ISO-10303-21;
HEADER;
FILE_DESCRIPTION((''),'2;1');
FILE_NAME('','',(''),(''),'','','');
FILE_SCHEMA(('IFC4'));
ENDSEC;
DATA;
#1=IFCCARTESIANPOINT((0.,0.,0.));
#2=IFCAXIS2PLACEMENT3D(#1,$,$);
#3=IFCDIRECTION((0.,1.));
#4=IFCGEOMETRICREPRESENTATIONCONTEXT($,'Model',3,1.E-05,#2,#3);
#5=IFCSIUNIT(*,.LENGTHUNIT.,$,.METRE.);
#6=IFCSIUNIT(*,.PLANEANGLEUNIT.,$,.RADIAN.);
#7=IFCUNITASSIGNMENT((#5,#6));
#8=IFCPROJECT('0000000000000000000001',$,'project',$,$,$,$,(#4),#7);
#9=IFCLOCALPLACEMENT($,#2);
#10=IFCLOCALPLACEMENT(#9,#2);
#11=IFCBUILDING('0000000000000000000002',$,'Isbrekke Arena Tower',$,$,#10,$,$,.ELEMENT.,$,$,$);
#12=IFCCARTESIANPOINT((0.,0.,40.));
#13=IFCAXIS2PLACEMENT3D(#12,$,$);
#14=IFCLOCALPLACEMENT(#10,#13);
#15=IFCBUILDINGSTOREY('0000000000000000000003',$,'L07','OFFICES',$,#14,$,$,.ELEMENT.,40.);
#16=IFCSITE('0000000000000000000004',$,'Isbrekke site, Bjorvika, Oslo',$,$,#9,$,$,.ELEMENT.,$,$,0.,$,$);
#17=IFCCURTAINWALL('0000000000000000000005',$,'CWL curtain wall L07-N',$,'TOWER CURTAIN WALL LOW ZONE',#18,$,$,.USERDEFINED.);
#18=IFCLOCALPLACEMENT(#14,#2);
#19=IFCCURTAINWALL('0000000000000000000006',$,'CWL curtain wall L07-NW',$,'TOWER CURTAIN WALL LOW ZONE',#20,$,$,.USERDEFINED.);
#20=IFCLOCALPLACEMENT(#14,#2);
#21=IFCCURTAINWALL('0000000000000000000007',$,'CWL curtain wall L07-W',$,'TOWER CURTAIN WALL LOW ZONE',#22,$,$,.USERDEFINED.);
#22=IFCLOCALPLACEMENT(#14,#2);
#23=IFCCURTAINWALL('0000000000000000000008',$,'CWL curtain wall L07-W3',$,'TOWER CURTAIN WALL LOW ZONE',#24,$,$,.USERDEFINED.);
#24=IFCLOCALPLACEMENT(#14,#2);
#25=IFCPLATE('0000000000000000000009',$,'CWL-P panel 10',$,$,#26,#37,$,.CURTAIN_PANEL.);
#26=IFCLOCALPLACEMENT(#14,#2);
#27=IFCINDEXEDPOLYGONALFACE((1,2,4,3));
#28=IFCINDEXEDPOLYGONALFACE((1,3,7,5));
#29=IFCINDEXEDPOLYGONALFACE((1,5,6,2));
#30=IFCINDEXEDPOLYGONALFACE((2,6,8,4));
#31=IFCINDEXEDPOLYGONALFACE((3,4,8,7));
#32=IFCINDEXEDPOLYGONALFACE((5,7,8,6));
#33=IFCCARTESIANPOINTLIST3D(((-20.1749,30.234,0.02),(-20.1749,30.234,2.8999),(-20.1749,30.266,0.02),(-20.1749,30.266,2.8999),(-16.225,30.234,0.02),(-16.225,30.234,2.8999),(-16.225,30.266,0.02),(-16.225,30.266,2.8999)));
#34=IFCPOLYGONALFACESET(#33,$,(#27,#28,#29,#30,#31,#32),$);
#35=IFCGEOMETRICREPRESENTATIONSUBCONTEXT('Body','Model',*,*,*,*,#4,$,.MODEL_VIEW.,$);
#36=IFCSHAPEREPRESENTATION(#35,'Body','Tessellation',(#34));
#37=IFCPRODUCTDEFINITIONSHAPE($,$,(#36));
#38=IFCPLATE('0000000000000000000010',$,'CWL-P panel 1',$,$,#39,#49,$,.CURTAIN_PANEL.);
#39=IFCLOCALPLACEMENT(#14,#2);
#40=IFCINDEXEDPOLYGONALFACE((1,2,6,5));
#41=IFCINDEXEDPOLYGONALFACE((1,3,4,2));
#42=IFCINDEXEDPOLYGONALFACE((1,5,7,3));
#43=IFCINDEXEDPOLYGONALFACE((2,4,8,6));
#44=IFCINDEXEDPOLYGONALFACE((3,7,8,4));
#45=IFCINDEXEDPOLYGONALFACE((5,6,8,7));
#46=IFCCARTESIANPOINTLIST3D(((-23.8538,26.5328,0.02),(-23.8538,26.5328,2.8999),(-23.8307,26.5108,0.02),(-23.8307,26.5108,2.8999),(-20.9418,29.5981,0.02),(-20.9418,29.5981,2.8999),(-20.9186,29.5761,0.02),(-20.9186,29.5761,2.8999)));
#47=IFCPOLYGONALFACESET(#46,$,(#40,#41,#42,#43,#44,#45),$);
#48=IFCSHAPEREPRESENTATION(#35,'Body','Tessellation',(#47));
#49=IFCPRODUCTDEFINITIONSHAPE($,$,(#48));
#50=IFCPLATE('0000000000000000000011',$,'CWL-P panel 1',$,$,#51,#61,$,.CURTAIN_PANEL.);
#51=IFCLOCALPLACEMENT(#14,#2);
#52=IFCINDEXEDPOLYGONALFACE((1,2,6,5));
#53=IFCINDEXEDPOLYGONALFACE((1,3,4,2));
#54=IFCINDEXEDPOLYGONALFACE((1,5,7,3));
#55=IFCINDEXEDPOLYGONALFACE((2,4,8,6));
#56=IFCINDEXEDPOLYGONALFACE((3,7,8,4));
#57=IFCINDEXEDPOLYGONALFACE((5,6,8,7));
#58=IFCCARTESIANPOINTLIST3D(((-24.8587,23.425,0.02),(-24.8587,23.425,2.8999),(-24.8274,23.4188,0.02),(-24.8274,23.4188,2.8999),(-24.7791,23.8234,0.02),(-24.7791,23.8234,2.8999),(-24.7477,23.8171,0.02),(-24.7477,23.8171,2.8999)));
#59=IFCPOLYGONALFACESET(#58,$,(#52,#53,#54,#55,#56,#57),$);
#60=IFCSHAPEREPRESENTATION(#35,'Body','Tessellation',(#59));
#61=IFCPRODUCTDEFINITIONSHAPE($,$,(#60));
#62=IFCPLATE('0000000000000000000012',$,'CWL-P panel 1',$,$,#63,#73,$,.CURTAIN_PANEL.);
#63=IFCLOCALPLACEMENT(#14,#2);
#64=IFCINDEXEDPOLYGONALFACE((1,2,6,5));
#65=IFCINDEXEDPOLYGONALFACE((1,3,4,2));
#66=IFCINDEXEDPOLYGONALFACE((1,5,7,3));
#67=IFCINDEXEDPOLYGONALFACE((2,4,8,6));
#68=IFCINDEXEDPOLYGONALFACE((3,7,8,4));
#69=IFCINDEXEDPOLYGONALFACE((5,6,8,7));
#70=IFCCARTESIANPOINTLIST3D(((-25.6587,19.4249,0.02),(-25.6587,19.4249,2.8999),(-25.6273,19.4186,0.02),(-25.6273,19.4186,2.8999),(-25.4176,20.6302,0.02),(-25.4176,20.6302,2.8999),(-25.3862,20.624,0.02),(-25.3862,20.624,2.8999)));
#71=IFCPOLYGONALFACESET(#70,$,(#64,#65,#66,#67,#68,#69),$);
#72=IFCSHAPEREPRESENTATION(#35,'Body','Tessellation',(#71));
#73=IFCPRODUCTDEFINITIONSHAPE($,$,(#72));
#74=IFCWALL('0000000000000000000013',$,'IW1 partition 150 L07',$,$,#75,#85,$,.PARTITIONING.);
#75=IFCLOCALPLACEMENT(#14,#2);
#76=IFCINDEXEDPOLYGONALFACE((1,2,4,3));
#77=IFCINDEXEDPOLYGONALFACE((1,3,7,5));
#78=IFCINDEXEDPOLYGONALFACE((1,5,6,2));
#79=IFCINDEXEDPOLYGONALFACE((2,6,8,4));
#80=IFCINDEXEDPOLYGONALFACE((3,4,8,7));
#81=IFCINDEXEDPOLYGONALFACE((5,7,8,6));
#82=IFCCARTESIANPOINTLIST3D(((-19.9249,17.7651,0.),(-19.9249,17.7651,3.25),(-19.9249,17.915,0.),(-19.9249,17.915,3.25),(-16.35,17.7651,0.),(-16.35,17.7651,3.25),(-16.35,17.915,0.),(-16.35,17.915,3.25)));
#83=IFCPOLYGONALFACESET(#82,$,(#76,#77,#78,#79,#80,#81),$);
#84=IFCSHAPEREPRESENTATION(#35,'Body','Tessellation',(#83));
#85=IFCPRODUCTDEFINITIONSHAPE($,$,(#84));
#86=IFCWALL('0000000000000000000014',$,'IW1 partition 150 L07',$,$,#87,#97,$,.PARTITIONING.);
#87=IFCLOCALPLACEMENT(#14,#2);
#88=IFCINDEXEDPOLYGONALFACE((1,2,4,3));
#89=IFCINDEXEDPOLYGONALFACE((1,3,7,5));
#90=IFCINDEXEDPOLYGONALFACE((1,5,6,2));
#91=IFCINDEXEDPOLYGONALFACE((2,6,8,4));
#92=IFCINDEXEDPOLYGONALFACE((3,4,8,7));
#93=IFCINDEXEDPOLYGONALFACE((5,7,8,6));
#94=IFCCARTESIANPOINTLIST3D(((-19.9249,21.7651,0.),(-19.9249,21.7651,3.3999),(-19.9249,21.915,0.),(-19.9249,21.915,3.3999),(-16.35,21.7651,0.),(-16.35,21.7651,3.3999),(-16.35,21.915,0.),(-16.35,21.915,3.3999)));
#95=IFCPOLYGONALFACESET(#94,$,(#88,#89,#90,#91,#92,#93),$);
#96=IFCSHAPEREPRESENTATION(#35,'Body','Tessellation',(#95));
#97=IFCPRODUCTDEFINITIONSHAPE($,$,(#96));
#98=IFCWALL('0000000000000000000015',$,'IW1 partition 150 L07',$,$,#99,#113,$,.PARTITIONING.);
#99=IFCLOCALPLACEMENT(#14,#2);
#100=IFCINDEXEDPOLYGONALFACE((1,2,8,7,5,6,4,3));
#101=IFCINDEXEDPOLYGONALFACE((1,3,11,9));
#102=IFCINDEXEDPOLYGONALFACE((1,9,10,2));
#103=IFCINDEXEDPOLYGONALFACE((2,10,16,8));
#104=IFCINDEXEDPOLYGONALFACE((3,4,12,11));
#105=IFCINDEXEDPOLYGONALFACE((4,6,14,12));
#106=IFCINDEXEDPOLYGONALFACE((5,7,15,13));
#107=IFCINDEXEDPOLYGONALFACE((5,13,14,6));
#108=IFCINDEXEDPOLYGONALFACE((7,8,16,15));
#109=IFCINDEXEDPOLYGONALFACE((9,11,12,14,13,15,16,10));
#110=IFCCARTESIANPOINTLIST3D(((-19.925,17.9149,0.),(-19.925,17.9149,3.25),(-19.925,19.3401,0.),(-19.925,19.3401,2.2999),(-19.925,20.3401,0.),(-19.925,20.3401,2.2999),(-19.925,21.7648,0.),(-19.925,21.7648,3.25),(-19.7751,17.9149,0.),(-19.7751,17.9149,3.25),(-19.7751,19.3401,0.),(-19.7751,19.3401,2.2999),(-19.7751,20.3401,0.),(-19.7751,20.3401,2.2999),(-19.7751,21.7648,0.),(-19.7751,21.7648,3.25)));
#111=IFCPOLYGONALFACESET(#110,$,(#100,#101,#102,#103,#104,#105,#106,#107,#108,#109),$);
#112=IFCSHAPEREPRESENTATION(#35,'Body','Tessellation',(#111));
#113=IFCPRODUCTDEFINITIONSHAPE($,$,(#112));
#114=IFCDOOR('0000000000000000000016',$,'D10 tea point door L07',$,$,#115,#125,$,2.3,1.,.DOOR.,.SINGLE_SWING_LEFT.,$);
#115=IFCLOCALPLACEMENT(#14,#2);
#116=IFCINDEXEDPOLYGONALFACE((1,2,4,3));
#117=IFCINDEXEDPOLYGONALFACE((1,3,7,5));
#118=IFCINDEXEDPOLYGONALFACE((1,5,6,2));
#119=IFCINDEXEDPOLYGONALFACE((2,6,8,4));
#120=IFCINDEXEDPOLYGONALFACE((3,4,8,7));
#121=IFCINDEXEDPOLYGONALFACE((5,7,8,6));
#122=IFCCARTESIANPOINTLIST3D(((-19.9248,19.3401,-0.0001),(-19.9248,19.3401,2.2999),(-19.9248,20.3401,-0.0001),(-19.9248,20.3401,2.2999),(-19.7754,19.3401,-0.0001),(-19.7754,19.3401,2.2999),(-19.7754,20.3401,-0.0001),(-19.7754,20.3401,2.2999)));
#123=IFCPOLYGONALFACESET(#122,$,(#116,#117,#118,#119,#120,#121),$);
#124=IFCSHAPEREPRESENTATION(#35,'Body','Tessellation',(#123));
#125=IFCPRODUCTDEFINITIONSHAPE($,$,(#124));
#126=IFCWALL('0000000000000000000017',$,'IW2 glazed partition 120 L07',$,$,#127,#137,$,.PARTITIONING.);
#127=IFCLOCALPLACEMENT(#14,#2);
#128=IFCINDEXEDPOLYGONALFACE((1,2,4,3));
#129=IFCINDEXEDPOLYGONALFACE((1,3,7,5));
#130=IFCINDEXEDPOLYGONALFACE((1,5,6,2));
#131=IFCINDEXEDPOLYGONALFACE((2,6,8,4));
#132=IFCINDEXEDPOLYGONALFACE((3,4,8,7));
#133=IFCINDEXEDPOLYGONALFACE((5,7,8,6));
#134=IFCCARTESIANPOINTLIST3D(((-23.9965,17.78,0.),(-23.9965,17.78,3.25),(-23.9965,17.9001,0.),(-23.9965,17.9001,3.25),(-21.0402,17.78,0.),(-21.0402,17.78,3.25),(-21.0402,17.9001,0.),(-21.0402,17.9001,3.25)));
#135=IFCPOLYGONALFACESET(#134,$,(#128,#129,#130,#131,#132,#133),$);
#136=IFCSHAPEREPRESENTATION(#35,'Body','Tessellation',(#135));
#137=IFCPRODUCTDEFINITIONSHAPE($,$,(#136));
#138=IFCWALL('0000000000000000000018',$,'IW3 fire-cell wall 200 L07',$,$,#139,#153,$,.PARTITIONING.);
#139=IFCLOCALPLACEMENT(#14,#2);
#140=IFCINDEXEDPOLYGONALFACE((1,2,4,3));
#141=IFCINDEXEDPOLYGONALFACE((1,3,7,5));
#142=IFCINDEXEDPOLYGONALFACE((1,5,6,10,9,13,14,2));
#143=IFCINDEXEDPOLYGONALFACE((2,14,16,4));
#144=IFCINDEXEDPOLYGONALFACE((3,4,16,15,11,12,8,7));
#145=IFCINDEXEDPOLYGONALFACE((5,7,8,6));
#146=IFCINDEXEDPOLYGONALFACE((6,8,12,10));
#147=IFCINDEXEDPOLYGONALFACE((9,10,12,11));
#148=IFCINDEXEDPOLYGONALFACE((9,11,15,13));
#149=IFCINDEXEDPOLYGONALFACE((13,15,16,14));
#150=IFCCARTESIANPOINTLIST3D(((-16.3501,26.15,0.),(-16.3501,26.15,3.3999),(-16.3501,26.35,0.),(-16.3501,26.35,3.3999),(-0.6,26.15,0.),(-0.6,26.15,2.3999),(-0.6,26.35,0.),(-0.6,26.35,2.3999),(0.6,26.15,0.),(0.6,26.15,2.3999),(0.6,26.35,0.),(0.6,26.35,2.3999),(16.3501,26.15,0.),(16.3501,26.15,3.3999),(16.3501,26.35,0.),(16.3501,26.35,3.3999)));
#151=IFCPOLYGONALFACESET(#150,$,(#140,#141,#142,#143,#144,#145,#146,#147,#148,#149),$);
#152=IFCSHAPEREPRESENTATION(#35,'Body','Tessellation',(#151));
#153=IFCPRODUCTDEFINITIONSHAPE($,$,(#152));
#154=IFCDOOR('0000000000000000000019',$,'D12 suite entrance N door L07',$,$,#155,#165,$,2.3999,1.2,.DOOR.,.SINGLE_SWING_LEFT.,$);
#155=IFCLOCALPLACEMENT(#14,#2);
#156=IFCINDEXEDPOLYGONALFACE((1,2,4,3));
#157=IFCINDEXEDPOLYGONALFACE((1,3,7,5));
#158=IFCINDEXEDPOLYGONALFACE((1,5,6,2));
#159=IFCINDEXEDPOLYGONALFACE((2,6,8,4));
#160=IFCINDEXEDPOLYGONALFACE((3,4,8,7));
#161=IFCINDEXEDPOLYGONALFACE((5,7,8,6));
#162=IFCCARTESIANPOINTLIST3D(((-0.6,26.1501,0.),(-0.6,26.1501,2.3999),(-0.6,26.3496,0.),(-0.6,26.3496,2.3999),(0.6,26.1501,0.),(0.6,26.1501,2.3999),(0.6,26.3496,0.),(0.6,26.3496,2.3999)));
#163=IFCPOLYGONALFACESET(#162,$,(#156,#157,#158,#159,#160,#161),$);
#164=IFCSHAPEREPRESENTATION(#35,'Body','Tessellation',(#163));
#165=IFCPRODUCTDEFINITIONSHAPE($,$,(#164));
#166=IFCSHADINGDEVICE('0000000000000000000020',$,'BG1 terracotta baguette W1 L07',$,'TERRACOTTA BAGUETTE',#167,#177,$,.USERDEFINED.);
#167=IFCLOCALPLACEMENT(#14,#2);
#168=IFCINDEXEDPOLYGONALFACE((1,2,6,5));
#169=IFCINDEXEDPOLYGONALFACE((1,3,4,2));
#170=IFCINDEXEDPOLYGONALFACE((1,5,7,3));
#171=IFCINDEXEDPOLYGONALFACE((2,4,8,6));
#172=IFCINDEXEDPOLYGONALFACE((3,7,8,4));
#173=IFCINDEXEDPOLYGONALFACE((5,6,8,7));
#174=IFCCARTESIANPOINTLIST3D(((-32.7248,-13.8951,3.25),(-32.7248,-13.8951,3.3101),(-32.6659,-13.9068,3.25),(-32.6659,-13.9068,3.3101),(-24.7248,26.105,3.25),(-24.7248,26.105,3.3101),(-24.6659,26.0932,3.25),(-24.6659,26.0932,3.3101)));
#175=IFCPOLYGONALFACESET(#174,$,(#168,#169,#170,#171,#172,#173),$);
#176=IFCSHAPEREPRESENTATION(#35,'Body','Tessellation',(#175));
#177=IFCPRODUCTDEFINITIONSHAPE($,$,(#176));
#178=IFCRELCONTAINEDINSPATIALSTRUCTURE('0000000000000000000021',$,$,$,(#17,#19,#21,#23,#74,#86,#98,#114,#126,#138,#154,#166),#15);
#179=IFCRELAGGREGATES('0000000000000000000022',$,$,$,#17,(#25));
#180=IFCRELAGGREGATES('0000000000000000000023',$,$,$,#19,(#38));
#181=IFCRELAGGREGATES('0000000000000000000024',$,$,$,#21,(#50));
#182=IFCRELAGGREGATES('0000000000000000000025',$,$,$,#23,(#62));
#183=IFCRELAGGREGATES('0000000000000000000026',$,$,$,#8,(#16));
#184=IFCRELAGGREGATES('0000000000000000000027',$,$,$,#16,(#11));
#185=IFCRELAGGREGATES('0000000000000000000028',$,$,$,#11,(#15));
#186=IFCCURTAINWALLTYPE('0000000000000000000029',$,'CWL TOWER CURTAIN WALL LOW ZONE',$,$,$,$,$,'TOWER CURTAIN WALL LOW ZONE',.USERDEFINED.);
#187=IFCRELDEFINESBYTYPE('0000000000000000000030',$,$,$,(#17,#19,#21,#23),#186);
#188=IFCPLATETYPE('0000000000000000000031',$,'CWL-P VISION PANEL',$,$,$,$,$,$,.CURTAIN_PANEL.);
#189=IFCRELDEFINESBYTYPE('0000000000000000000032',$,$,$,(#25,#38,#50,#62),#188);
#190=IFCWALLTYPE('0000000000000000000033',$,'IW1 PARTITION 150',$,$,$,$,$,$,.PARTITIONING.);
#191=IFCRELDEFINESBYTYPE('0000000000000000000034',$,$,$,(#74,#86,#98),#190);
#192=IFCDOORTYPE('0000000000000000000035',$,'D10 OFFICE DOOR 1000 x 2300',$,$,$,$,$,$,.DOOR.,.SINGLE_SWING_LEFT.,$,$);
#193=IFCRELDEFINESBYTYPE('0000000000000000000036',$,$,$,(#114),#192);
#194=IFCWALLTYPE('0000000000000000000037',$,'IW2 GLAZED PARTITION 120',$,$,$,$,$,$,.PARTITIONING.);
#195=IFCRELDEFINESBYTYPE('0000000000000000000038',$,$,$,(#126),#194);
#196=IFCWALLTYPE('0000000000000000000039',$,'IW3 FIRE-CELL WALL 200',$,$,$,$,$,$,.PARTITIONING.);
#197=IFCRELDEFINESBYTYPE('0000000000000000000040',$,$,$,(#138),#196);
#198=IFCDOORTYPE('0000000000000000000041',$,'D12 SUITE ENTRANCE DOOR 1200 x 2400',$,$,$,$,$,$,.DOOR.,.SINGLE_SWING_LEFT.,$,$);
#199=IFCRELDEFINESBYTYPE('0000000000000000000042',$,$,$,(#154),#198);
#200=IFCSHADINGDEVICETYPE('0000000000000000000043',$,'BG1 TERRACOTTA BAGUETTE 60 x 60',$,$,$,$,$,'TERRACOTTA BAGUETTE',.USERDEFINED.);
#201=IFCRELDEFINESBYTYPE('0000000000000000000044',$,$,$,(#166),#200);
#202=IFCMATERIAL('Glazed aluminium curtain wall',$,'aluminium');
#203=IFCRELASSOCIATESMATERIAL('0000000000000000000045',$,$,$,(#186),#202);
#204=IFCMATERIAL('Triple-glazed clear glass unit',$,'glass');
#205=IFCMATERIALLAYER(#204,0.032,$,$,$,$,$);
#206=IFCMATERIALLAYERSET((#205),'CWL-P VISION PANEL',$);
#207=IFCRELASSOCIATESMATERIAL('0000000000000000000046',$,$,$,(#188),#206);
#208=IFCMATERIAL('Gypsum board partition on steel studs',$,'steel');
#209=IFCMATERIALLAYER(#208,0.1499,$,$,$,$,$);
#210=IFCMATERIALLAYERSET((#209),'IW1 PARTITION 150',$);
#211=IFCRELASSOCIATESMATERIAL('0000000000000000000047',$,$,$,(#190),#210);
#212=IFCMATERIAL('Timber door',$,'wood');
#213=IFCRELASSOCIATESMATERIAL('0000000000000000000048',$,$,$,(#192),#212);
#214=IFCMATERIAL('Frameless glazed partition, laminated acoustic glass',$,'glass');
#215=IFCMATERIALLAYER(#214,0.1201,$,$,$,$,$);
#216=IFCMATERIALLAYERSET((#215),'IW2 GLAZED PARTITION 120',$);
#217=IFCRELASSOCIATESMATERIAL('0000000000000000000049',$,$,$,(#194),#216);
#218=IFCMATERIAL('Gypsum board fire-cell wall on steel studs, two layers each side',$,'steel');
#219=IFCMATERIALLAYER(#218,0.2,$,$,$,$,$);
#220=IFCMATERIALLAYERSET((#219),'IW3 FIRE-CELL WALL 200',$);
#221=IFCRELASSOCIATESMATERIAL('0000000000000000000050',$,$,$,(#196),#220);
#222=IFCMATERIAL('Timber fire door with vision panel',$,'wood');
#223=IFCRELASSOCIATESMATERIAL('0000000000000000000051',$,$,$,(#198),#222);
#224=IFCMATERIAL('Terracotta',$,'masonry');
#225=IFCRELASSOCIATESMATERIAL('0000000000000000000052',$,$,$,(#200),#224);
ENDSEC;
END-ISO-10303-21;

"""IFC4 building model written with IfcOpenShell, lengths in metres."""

from ifc_helpers import new_model, si_unit, direction, frame, frame_2d, origin, origin_2d, place, context, subcontext, project, spatial, rectangle, extrude, material, layer, layer_set, material_profile, profile_set, type_object, element, fill, aggregate, save


model = new_model("IFC4")

# Units and contexts
model_context = context("Model", 3, precision=1e-05, world=origin(), true_north=direction((0.0, 1.0)))
body_context = subcontext(model_context, "Body", "Model", "MODEL_VIEW")
ifc_project = project(units=[si_unit("LENGTHUNIT", "METRE"), si_unit("PLANEANGLEUNIT", "RADIAN")], contexts=[model_context])

# Site, building, storey
site_placement = place(None, origin())
site = spatial("IfcSite", under=ifc_project, at=site_placement, Name="Isbrekke site, Bjorvika, Oslo", CompositionType="ELEMENT", RefElevation=0.0)
building_placement = place(site_placement, origin())
building = spatial("IfcBuilding", under=site, at=building_placement, Name="Isbrekke Arena Tower", CompositionType="ELEMENT")
storey_placement = place(building_placement, frame((0.0, 0.0, 40.0)))
storey = spatial("IfcBuildingStorey", under=building, at=storey_placement, Name="L07", Description="OFFICES", CompositionType="ELEMENT", Elevation=40.0)

# Curtain wall
ifc_material_1 = material(Name="Glazed aluminium curtain wall", Category="aluminium")
curtain_wall_type = type_object("IfcCurtainWallType", Name="CWL TOWER CURTAIN WALL LOW ZONE", ElementType="TOWER CURTAIN WALL LOW ZONE", PredefinedType="USERDEFINED", material=ifc_material_1)
curtain_wall_1_placement = place(storey_placement, origin())
curtain_wall_1 = element("IfcCurtainWall", 1, at=curtain_wall_1_placement, inside=storey, type_object=curtain_wall_type, Name="CWL curtain wall L07-N", ObjectType="TOWER CURTAIN WALL LOW ZONE", PredefinedType="USERDEFINED")

# Curtain walls
curtain_wall_2_placement = place(storey_placement, origin())
curtain_wall_2 = element("IfcCurtainWall", 2, at=curtain_wall_2_placement, inside=storey, type_object=curtain_wall_type, Name="CWL curtain wall L07-NW", ObjectType="TOWER CURTAIN WALL LOW ZONE", PredefinedType="USERDEFINED")
curtain_wall_3_placement = place(storey_placement, origin())
curtain_wall_3 = element("IfcCurtainWall", 3, at=curtain_wall_3_placement, inside=storey, type_object=curtain_wall_type, Name="CWL curtain wall L07-W", ObjectType="TOWER CURTAIN WALL LOW ZONE", PredefinedType="USERDEFINED")
curtain_wall_4_placement = place(storey_placement, origin())
curtain_wall_4 = element("IfcCurtainWall", 4, at=curtain_wall_4_placement, inside=storey, type_object=curtain_wall_type, Name="CWL curtain wall L07-W3", ObjectType="TOWER CURTAIN WALL LOW ZONE", PredefinedType="USERDEFINED")

# Plates
ifc_material_2 = material(Name="Triple-glazed clear glass unit", Category="glass")
ifc_layer_1 = layer(ifc_material_2, 0.032)
ifc_layer_set_1 = layer_set([ifc_layer_1], Name="CWL-P VISION PANEL")
plate_type = type_object("IfcPlateType", Name="CWL-P VISION PANEL", PredefinedType="CURTAIN_PANEL", material=ifc_layer_set_1)
plate_1_placement = place(storey_placement, frame((-18.2, 30.25, 0.02), z_axis=(0.0, 0.0, 1.0), x_axis=(-1.0, 0.0, 0.0)))
plate_1 = element("IfcPlate", 5, at=plate_1_placement, type_object=plate_type, Name="CWL-P panel 10", PredefinedType="CURTAIN_PANEL", context=body_context, shape_type="SweptSolid", body=[
    extrude(rectangle(XDim=3.95, YDim=0.032, at=origin_2d()), origin(), (0.0, 0.0, 1.0), 2.8799),
])
aggregate(curtain_wall_1, [plate_1])
plate_2_placement = place(storey_placement, frame((-22.3862, 28.0544, 0.02), z_axis=(0.0, 0.0, 1.0), x_axis=(-0.688749, -0.724999, 0.0)))
plate_2 = element("IfcPlate", 6, at=plate_2_placement, type_object=plate_type, Name="CWL-P panel 1", PredefinedType="CURTAIN_PANEL", context=body_context, shape_type="SweptSolid", body=[
    extrude(rectangle(XDim=4.228, YDim=0.032, at=origin_2d()), origin(), (0.0, 0.0, 1.0), 2.8799),
])
aggregate(curtain_wall_2, [plate_2])
plate_3_placement = place(storey_placement, frame((-24.8032, 23.6211, 0.02), z_axis=(0.0, 0.0, 1.0), x_axis=(-0.196116, -0.980581, 0.0)))
plate_3 = element("IfcPlate", 7, at=plate_3_placement, type_object=plate_type, Name="CWL-P panel 1", PredefinedType="CURTAIN_PANEL", context=body_context, shape_type="SweptSolid", body=[
    extrude(rectangle(XDim=0.4062, YDim=0.032, at=origin_2d()), origin(), (0.0, 0.0, 1.0), 2.8799),
])
aggregate(curtain_wall_3, [plate_3])
plate_4_placement = place(storey_placement, frame((-25.5225, 20.0244, 0.02), z_axis=(0.0, 0.0, 1.0), x_axis=(-0.196116, -0.980581, 0.0)))
plate_4 = element("IfcPlate", 8, at=plate_4_placement, type_object=plate_type, Name="CWL-P panel 1", PredefinedType="CURTAIN_PANEL", context=body_context, shape_type="SweptSolid", body=[
    extrude(rectangle(XDim=1.2292, YDim=0.032, at=origin_2d()), origin(), (0.0, 0.0, 1.0), 2.8799),
])
aggregate(curtain_wall_4, [plate_4])

# Walls
ifc_material_3 = material(Name="Gypsum board partition on steel studs", Category="steel")
ifc_layer_2 = layer(ifc_material_3, 0.1499)
ifc_layer_set_2 = layer_set([ifc_layer_2], Name="IW1 PARTITION 150")
wall_type_1 = type_object("IfcWallType", Name="IW1 PARTITION 150", PredefinedType="PARTITIONING", material=ifc_layer_set_2)
wall_1_placement = place(storey_placement, frame((-19.925, 17.8401, 0.0), z_axis=(0.0, 0.0, 1.0), x_axis=(1.0, 0.0, 0.0)))
element("IfcWall", 9, at=wall_1_placement, inside=storey, type_object=wall_type_1, Name="IW1 partition 150 L07", PredefinedType="PARTITIONING", context=body_context, shape_type="SweptSolid", body=[
    extrude(rectangle(XDim=3.575, YDim=0.1499, at=frame_2d((1.7876, 0.0))), origin(), (0.0, 0.0, 1.0), 3.25),
])
wall_2_placement = place(storey_placement, frame((-19.925, 21.8401, 0.0), z_axis=(0.0, 0.0, 1.0), x_axis=(1.0, 0.0, 0.0)))
element("IfcWall", 10, at=wall_2_placement, inside=storey, type_object=wall_type_1, Name="IW1 partition 150 L07", PredefinedType="PARTITIONING", context=body_context, shape_type="SweptSolid", body=[
    extrude(rectangle(XDim=3.575, YDim=0.1499, at=frame_2d((1.7876, 0.0))), origin(), (0.0, 0.0, 1.0), 3.3999),
])

# Wall, opening, door
wall_3_placement = place(storey_placement, frame((-19.8501, 17.915, 0.0), z_axis=(0.0, 0.0, 1.0), x_axis=(0.0, 1.0, 0.0)))
wall_3 = element("IfcWall", 11, at=wall_3_placement, inside=storey, type_object=wall_type_1, Name="IW1 partition 150 L07", PredefinedType="PARTITIONING", context=body_context, shape_type="SweptSolid", body=[
    extrude(rectangle(XDim=3.8499, YDim=0.1499, at=frame_2d((1.9248, 0.0))), origin(), (0.0, 0.0, 1.0), 3.25),
])
opening_1_placement = place(wall_3_placement, frame((1.425, 0.0, 0.0)))
opening_1 = element("IfcOpeningElement", 12, at=opening_1_placement, cuts=wall_3, PredefinedType="OPENING", context=body_context, shape_type="SweptSolid", body=[
    extrude(rectangle(XDim=1.0, YDim=2.3, at=frame_2d((0.5, 1.1499))), frame((0.0, 0.0898, 0.0), z_axis=(0.0, -1.0, 0.0), x_axis=(1.0, 0.0, 0.0)), (0.0, 0.0, 1.0), 0.1797),
])
ifc_material_4 = material(Name="Timber door", Category="wood")
door_type_1 = type_object("IfcDoorType", Name="D10 OFFICE DOOR 1000 x 2300", OperationType="SINGLE_SWING_LEFT", PredefinedType="DOOR", material=ifc_material_4)
door_1_placement = place(opening_1_placement, origin())
door_1 = element("IfcDoor", 13, at=door_1_placement, inside=storey, type_object=door_type_1, Name="D10 tea point door L07", OperationType="SINGLE_SWING_LEFT", OverallHeight=2.3, OverallWidth=1.0, PredefinedType="DOOR", context=body_context, shape_type="SweptSolid", body=[
    extrude(rectangle(XDim=1.0, YDim=2.3, at=frame_2d((0.5, 1.1499))), frame((0.0, 0.0747, 0.0), z_axis=(0.0, -1.0, 0.0), x_axis=(1.0, 0.0, 0.0)), (0.0, 0.0, 1.0), 0.1494),
])
fill(opening_1, door_1)

# Wall
ifc_material_5 = material(Name="Frameless glazed partition, laminated acoustic glass", Category="glass")
ifc_layer_3 = layer(ifc_material_5, 0.1201)
ifc_layer_set_3 = layer_set([ifc_layer_3], Name="IW2 GLAZED PARTITION 120")
wall_type_2 = type_object("IfcWallType", Name="IW2 GLAZED PARTITION 120", PredefinedType="PARTITIONING", material=ifc_layer_set_3)
wall_4_placement = place(storey_placement, frame((-23.9963, 17.8401, 0.0), z_axis=(0.0, 0.0, 1.0), x_axis=(1.0, 0.0, 0.0)))
element("IfcWall", 14, at=wall_4_placement, inside=storey, type_object=wall_type_2, Name="IW2 glazed partition 120 L07", PredefinedType="PARTITIONING", context=body_context, shape_type="SweptSolid", body=[
    extrude(rectangle(XDim=2.9563, YDim=0.1201, at=frame_2d((1.478, 0.0))), origin(), (0.0, 0.0, 1.0), 3.25),
])

# Wall, opening, door
ifc_material_6 = material(Name="Gypsum board fire-cell wall on steel studs, two layers each side", Category="steel")
ifc_layer_4 = layer(ifc_material_6, 0.2)
ifc_layer_set_4 = layer_set([ifc_layer_4], Name="IW3 FIRE-CELL WALL 200")
wall_type_3 = type_object("IfcWallType", Name="IW3 FIRE-CELL WALL 200", PredefinedType="PARTITIONING", material=ifc_layer_set_4)
wall_5_placement = place(storey_placement, frame((-16.3501, 26.25, 0.0), z_axis=(0.0, 0.0, 1.0), x_axis=(1.0, 0.0, 0.0)))
wall_5 = element("IfcWall", 15, at=wall_5_placement, inside=storey, type_object=wall_type_3, Name="IW3 fire-cell wall 200 L07", PredefinedType="PARTITIONING", context=body_context, shape_type="SweptSolid", body=[
    extrude(rectangle(XDim=32.7002, YDim=0.2, at=frame_2d((16.3501, 0.0))), origin(), (0.0, 0.0, 1.0), 3.3999),
])
opening_2_placement = place(wall_5_placement, frame((15.75, 0.0, 0.0)))
opening_2 = element("IfcOpeningElement", 16, at=opening_2_placement, cuts=wall_5, PredefinedType="OPENING", context=body_context, shape_type="SweptSolid", body=[
    extrude(rectangle(XDim=1.2, YDim=2.3999, at=frame_2d((0.6001, 1.2))), frame((0.0, 0.1147, 0.0), z_axis=(0.0, -1.0, 0.0), x_axis=(1.0, 0.0, 0.0)), (0.0, 0.0, 1.0), 0.2297),
])
ifc_material_7 = material(Name="Timber fire door with vision panel", Category="wood")
door_type_2 = type_object("IfcDoorType", Name="D12 SUITE ENTRANCE DOOR 1200 x 2400", OperationType="SINGLE_SWING_LEFT", PredefinedType="DOOR", material=ifc_material_7)
door_2_placement = place(opening_2_placement, origin())
door_2 = element("IfcDoor", 17, at=door_2_placement, inside=storey, type_object=door_type_2, Name="D12 suite entrance N door L07", OperationType="SINGLE_SWING_LEFT", OverallHeight=2.3999, OverallWidth=1.2, PredefinedType="DOOR", context=body_context, shape_type="SweptSolid", body=[
    extrude(rectangle(XDim=1.2, YDim=2.3999, at=frame_2d((0.6001, 1.2))), frame((0.0, 0.0996, 0.0), z_axis=(0.0, -1.0, 0.0), x_axis=(1.0, 0.0, 0.0)), (0.0, 0.0, 1.0), 0.1995),
])
fill(opening_2, door_2)

# Shading device
ifc_material_8 = material(Name="Terracotta", Category="masonry")
ifc_material_profile_1 = material_profile(ifc_material_8, rectangle(XDim=0.0601, YDim=0.0601, at=origin_2d()), Name="BAGUETTE 60X60")
ifc_profile_set_1 = profile_set([ifc_material_profile_1], Name="Terracotta")
shading_device_type = type_object("IfcShadingDeviceType", Name="BG1 TERRACOTTA BAGUETTE 60 x 60", ElementType="TERRACOTTA BAGUETTE", PredefinedType="USERDEFINED", material=ifc_profile_set_1)
for number, where, z_axis, x_axis, name in (
    (18, (-24.6953, 26.0991, 3.28), (-0.196116, -0.980581, 0.0), (0.980581, -0.196116, 0.0), "BG1 terracotta baguette W1 L07"),
):
    element("IfcShadingDevice", number, at=place(storey_placement, frame(where, z_axis=z_axis, x_axis=x_axis)), inside=storey, type_object=shading_device_type, Name=name, ObjectType="TERRACOTTA BAGUETTE", PredefinedType="USERDEFINED", context=body_context, shape_type="SweptSolid", body=[
        extrude(rectangle(XDim=0.0601, YDim=0.0601, at=origin_2d()), origin(), (0.0, 0.0, 1.0), 40.7922),
    ])

save(model, "model.ifc")
